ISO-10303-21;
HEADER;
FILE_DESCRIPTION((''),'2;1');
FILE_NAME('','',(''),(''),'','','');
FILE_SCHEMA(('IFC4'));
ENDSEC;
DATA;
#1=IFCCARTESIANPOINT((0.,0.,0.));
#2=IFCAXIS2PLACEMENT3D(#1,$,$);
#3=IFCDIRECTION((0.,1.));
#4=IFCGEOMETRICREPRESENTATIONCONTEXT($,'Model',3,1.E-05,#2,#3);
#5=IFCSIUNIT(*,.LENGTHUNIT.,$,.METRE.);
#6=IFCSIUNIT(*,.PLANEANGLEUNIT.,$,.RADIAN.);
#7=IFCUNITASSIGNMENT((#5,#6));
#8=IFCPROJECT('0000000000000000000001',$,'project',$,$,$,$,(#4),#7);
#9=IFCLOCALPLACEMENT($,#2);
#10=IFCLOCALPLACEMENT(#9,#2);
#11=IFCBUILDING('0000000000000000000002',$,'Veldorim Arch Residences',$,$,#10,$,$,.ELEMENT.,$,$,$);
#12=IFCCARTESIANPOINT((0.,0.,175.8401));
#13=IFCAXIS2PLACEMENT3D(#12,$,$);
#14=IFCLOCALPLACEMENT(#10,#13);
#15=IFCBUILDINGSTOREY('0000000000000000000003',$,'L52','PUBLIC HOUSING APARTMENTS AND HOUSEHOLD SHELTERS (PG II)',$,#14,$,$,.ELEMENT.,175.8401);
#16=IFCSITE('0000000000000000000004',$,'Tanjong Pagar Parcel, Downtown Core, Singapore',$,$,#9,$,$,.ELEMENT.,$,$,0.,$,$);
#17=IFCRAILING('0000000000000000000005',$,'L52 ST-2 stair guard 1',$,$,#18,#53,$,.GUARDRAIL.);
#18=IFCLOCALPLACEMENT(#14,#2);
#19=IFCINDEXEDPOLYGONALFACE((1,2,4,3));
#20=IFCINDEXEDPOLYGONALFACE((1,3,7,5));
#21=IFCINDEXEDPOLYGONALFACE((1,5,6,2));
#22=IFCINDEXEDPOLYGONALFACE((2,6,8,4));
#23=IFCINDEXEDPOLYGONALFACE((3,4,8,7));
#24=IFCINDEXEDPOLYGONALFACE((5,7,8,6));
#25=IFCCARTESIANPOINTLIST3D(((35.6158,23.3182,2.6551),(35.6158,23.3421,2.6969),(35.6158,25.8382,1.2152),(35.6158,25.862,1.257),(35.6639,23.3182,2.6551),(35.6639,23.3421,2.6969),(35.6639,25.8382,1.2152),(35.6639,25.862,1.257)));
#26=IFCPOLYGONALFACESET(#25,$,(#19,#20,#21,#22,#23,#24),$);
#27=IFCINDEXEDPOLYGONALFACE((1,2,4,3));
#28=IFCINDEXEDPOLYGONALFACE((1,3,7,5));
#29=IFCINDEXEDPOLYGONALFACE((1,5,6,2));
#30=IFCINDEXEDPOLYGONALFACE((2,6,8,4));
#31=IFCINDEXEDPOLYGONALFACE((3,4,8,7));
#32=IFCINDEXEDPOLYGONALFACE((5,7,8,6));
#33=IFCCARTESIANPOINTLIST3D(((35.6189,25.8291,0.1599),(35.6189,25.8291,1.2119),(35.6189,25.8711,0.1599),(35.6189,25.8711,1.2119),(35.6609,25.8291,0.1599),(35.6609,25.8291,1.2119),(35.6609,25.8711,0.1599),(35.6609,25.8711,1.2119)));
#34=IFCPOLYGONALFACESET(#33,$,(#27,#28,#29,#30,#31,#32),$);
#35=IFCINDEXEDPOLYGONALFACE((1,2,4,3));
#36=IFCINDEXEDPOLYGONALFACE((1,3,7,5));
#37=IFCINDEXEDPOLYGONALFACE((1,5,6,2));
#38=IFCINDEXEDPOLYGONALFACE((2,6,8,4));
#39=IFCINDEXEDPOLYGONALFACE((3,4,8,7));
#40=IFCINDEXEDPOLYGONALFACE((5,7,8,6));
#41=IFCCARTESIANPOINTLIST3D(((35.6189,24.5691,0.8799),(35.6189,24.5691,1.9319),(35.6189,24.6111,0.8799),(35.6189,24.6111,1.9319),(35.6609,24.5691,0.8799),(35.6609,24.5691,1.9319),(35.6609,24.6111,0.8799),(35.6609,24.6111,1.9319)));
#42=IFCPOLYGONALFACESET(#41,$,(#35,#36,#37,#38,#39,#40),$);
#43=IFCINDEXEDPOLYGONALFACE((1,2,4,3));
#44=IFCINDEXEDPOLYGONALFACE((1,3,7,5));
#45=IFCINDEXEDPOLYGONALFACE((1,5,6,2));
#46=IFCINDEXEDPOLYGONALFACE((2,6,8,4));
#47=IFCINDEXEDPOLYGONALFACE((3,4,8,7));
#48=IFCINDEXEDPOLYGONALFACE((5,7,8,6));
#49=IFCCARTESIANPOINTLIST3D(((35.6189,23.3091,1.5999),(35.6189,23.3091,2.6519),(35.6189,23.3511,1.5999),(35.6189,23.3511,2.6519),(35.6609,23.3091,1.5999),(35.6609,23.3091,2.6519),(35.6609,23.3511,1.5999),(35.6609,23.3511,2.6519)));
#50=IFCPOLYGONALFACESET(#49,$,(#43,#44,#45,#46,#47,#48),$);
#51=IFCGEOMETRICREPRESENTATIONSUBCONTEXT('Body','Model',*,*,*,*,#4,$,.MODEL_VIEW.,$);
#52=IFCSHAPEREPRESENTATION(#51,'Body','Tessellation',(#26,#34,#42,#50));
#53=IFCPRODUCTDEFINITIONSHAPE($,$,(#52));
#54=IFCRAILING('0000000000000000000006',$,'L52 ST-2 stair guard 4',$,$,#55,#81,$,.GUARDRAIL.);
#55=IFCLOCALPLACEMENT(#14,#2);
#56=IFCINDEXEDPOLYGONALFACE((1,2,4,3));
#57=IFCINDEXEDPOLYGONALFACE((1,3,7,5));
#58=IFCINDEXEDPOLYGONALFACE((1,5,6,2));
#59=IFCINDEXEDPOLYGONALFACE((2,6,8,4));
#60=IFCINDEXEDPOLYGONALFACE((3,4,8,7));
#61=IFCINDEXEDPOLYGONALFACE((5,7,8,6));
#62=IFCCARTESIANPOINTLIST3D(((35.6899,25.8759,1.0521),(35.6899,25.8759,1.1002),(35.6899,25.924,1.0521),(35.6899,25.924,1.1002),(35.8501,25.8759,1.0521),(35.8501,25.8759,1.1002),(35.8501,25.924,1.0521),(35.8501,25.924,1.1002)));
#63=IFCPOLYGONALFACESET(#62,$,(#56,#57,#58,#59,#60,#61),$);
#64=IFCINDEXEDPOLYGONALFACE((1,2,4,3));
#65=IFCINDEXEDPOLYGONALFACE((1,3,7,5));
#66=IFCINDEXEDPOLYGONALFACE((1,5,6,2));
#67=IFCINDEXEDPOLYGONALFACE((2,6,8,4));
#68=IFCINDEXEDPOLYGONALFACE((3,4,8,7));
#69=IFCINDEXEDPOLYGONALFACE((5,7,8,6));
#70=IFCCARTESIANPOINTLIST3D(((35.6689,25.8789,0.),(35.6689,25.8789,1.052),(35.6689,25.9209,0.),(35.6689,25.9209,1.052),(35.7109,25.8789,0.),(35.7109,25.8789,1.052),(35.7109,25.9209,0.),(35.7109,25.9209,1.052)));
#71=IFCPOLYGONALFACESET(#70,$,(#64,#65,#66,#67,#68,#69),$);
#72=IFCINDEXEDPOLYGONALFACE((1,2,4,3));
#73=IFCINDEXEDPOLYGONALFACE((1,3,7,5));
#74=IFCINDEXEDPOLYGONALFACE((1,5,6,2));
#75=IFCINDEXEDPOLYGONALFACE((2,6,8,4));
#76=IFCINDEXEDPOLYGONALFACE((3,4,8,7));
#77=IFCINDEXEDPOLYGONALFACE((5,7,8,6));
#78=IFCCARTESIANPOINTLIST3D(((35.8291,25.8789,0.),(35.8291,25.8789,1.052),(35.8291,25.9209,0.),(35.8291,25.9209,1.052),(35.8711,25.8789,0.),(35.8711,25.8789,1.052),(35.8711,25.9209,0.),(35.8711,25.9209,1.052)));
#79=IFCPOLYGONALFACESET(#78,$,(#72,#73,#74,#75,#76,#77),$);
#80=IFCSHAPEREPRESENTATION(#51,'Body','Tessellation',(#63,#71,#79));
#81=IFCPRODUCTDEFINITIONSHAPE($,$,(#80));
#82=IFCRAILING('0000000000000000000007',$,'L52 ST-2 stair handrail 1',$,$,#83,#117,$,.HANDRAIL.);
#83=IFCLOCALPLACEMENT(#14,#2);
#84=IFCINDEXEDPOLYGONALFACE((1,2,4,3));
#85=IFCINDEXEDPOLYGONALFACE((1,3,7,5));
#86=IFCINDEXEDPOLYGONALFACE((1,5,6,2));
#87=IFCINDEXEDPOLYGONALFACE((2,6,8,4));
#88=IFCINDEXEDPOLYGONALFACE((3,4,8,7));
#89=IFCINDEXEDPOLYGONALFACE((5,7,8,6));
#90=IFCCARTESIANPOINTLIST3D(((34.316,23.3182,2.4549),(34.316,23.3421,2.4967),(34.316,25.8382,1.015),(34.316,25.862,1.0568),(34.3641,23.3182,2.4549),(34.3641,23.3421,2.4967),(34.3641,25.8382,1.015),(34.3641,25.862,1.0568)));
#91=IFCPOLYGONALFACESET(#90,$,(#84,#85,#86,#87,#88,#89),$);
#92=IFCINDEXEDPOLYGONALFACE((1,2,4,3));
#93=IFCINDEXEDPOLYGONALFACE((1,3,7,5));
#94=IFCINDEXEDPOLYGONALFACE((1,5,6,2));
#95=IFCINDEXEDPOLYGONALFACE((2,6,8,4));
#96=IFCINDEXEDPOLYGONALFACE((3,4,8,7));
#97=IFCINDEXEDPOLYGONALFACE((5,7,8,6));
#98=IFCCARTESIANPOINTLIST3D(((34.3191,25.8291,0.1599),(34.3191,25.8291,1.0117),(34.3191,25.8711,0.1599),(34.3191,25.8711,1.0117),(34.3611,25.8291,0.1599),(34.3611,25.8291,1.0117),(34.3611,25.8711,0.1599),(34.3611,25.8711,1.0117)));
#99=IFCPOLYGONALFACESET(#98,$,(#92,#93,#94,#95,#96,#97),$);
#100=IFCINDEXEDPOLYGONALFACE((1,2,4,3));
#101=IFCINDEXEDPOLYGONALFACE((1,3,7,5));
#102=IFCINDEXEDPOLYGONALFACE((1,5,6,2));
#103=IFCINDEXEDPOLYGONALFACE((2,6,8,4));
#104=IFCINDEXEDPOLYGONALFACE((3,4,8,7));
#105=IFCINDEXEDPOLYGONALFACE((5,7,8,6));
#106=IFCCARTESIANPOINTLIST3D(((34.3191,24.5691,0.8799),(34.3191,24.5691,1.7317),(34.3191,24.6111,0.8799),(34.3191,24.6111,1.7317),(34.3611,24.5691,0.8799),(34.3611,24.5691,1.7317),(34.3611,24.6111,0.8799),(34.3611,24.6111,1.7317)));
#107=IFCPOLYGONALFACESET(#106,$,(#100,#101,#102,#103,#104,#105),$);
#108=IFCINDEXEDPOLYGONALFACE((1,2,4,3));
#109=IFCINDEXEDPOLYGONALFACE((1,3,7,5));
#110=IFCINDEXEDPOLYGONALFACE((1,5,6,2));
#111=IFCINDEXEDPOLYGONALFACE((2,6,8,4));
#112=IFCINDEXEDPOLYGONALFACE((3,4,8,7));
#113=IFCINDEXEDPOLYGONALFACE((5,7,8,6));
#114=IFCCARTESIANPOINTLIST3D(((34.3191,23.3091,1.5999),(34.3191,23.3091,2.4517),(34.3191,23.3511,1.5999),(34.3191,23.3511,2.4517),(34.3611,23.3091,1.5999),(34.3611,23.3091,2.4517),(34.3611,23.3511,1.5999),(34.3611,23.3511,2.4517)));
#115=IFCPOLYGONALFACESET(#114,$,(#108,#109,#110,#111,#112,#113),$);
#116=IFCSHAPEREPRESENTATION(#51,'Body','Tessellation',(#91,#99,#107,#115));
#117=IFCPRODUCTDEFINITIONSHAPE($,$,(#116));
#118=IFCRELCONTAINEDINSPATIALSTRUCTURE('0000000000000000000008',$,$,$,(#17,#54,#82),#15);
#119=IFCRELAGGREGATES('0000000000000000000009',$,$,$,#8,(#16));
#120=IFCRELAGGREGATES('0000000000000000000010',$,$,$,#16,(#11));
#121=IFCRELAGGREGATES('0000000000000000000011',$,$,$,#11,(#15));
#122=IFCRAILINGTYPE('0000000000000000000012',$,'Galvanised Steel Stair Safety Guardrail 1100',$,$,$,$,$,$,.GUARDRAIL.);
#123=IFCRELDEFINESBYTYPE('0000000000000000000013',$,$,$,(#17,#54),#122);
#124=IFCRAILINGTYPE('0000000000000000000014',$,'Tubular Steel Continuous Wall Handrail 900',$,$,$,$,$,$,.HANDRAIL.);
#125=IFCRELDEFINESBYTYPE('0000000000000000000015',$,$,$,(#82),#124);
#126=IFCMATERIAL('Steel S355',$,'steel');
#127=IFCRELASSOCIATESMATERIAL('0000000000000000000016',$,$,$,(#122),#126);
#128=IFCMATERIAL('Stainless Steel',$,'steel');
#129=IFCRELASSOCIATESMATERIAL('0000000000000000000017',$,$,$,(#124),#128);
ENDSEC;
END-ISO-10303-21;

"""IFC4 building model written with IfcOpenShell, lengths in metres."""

from ifc_helpers import new_model, si_unit, direction, frame, origin, origin_2d, place, context, subcontext, project, spatial, rectangle, extrude, material, type_object, element, save


model = new_model("IFC4")

# Units and contexts
model_context = context("Model", 3, precision=1e-05, world=origin(), true_north=direction((0.0, 1.0)))
body_context = subcontext(model_context, "Body", "Model", "MODEL_VIEW")
ifc_project = project(units=[si_unit("LENGTHUNIT", "METRE"), si_unit("PLANEANGLEUNIT", "RADIAN")], contexts=[model_context])

# Site, building, storey
site_placement = place(None, origin())
site = spatial("IfcSite", under=ifc_project, at=site_placement, Name="Tanjong Pagar Parcel, Downtown Core, Singapore", CompositionType="ELEMENT", RefElevation=0.0)
building_placement = place(site_placement, origin())
building = spatial("IfcBuilding", under=site, at=building_placement, Name="Veldorim Arch Residences", CompositionType="ELEMENT")
storey_placement = place(building_placement, frame((0.0, 0.0, 175.8401)))
storey = spatial("IfcBuildingStorey", under=building, at=storey_placement, Name="L52", Description="PUBLIC HOUSING APARTMENTS AND HOUSEHOLD SHELTERS (PG II)", CompositionType="ELEMENT", Elevation=175.8401)

# Railings
ifc_material_1 = material(Name="Steel S355", Category="steel")
railing_type_1 = type_object("IfcRailingType", Name="Galvanised Steel Stair Safety Guardrail 1100", PredefinedType="GUARDRAIL", material=ifc_material_1)
railing_1_placement = place(storey_placement, frame((35.6399, 25.8501, 0.1599)))
element("IfcRailing", 1, at=railing_1_placement, inside=storey, type_object=railing_type_1, Name="L52 ST-2 stair guard 1", PredefinedType="GUARDRAIL", context=body_context, shape_type="SweptSolid", body=[
    extrude(rectangle(XDim=0.0481, YDim=0.0481, at=origin_2d()), frame((0.0, 0.0, 1.0762), z_axis=(0.0, -0.868253, 0.496121), x_axis=(1.0, 0.0, 0.0)), (0.0, 0.0, 1.0), 2.9023),
    extrude(rectangle(XDim=0.042, YDim=0.042, at=origin_2d()), origin(), (0.0, 0.0, 1.0), 1.052),
    extrude(rectangle(XDim=0.042, YDim=0.042, at=origin_2d()), frame((0.0, -1.26, 0.72)), (0.0, 0.0, 1.0), 1.052),
    extrude(rectangle(XDim=0.042, YDim=0.042, at=origin_2d()), frame((0.0, -2.52, 1.4399)), (0.0, 0.0, 1.0), 1.052),
])
railing_2_placement = place(storey_placement, frame((35.6899, 25.8999, 0.0)))
element("IfcRailing", 2, at=railing_2_placement, inside=storey, type_object=railing_type_1, Name="L52 ST-2 stair guard 4", PredefinedType="GUARDRAIL", context=body_context, shape_type="SweptSolid", body=[
    extrude(rectangle(XDim=0.0481, YDim=0.0481, at=origin_2d()), frame((0.0, 0.0, 1.0762), z_axis=(1.0, 0.0, 0.0), x_axis=(0.0, 1.0, 0.0)), (0.0, 0.0, 1.0), 0.1602),
    extrude(rectangle(XDim=0.042, YDim=0.042, at=origin_2d()), origin(), (0.0, 0.0, 1.0), 1.052),
    extrude(rectangle(XDim=0.042, YDim=0.042, at=origin_2d()), frame((0.1602, 0.0, 0.0)), (0.0, 0.0, 1.0), 1.052),
])
ifc_material_2 = material(Name="Stainless Steel", Category="steel")
railing_type_2 = type_object("IfcRailingType", Name="Tubular Steel Continuous Wall Handrail 900", PredefinedType="HANDRAIL", material=ifc_material_2)
railing_3_placement = place(storey_placement, frame((34.3401, 25.8501, 0.1599)))
element("IfcRailing", 3, at=railing_3_placement, inside=storey, type_object=railing_type_2, Name="L52 ST-2 stair handrail 1", PredefinedType="HANDRAIL", context=body_context, shape_type="SweptSolid", body=[
    extrude(rectangle(XDim=0.0481, YDim=0.0481, at=origin_2d()), frame((0.0, 0.0, 0.876), z_axis=(0.0, -0.868253, 0.496121), x_axis=(1.0, 0.0, 0.0)), (0.0, 0.0, 1.0), 2.9023),
    extrude(rectangle(XDim=0.042, YDim=0.042, at=origin_2d()), origin(), (0.0, 0.0, 1.0), 0.8518),
    extrude(rectangle(XDim=0.042, YDim=0.042, at=origin_2d()), frame((0.0, -1.26, 0.72)), (0.0, 0.0, 1.0), 0.8518),
    extrude(rectangle(XDim=0.042, YDim=0.042, at=origin_2d()), frame((0.0, -2.52, 1.4399)), (0.0, 0.0, 1.0), 0.8518),
])

save(model, "model.ifc")
